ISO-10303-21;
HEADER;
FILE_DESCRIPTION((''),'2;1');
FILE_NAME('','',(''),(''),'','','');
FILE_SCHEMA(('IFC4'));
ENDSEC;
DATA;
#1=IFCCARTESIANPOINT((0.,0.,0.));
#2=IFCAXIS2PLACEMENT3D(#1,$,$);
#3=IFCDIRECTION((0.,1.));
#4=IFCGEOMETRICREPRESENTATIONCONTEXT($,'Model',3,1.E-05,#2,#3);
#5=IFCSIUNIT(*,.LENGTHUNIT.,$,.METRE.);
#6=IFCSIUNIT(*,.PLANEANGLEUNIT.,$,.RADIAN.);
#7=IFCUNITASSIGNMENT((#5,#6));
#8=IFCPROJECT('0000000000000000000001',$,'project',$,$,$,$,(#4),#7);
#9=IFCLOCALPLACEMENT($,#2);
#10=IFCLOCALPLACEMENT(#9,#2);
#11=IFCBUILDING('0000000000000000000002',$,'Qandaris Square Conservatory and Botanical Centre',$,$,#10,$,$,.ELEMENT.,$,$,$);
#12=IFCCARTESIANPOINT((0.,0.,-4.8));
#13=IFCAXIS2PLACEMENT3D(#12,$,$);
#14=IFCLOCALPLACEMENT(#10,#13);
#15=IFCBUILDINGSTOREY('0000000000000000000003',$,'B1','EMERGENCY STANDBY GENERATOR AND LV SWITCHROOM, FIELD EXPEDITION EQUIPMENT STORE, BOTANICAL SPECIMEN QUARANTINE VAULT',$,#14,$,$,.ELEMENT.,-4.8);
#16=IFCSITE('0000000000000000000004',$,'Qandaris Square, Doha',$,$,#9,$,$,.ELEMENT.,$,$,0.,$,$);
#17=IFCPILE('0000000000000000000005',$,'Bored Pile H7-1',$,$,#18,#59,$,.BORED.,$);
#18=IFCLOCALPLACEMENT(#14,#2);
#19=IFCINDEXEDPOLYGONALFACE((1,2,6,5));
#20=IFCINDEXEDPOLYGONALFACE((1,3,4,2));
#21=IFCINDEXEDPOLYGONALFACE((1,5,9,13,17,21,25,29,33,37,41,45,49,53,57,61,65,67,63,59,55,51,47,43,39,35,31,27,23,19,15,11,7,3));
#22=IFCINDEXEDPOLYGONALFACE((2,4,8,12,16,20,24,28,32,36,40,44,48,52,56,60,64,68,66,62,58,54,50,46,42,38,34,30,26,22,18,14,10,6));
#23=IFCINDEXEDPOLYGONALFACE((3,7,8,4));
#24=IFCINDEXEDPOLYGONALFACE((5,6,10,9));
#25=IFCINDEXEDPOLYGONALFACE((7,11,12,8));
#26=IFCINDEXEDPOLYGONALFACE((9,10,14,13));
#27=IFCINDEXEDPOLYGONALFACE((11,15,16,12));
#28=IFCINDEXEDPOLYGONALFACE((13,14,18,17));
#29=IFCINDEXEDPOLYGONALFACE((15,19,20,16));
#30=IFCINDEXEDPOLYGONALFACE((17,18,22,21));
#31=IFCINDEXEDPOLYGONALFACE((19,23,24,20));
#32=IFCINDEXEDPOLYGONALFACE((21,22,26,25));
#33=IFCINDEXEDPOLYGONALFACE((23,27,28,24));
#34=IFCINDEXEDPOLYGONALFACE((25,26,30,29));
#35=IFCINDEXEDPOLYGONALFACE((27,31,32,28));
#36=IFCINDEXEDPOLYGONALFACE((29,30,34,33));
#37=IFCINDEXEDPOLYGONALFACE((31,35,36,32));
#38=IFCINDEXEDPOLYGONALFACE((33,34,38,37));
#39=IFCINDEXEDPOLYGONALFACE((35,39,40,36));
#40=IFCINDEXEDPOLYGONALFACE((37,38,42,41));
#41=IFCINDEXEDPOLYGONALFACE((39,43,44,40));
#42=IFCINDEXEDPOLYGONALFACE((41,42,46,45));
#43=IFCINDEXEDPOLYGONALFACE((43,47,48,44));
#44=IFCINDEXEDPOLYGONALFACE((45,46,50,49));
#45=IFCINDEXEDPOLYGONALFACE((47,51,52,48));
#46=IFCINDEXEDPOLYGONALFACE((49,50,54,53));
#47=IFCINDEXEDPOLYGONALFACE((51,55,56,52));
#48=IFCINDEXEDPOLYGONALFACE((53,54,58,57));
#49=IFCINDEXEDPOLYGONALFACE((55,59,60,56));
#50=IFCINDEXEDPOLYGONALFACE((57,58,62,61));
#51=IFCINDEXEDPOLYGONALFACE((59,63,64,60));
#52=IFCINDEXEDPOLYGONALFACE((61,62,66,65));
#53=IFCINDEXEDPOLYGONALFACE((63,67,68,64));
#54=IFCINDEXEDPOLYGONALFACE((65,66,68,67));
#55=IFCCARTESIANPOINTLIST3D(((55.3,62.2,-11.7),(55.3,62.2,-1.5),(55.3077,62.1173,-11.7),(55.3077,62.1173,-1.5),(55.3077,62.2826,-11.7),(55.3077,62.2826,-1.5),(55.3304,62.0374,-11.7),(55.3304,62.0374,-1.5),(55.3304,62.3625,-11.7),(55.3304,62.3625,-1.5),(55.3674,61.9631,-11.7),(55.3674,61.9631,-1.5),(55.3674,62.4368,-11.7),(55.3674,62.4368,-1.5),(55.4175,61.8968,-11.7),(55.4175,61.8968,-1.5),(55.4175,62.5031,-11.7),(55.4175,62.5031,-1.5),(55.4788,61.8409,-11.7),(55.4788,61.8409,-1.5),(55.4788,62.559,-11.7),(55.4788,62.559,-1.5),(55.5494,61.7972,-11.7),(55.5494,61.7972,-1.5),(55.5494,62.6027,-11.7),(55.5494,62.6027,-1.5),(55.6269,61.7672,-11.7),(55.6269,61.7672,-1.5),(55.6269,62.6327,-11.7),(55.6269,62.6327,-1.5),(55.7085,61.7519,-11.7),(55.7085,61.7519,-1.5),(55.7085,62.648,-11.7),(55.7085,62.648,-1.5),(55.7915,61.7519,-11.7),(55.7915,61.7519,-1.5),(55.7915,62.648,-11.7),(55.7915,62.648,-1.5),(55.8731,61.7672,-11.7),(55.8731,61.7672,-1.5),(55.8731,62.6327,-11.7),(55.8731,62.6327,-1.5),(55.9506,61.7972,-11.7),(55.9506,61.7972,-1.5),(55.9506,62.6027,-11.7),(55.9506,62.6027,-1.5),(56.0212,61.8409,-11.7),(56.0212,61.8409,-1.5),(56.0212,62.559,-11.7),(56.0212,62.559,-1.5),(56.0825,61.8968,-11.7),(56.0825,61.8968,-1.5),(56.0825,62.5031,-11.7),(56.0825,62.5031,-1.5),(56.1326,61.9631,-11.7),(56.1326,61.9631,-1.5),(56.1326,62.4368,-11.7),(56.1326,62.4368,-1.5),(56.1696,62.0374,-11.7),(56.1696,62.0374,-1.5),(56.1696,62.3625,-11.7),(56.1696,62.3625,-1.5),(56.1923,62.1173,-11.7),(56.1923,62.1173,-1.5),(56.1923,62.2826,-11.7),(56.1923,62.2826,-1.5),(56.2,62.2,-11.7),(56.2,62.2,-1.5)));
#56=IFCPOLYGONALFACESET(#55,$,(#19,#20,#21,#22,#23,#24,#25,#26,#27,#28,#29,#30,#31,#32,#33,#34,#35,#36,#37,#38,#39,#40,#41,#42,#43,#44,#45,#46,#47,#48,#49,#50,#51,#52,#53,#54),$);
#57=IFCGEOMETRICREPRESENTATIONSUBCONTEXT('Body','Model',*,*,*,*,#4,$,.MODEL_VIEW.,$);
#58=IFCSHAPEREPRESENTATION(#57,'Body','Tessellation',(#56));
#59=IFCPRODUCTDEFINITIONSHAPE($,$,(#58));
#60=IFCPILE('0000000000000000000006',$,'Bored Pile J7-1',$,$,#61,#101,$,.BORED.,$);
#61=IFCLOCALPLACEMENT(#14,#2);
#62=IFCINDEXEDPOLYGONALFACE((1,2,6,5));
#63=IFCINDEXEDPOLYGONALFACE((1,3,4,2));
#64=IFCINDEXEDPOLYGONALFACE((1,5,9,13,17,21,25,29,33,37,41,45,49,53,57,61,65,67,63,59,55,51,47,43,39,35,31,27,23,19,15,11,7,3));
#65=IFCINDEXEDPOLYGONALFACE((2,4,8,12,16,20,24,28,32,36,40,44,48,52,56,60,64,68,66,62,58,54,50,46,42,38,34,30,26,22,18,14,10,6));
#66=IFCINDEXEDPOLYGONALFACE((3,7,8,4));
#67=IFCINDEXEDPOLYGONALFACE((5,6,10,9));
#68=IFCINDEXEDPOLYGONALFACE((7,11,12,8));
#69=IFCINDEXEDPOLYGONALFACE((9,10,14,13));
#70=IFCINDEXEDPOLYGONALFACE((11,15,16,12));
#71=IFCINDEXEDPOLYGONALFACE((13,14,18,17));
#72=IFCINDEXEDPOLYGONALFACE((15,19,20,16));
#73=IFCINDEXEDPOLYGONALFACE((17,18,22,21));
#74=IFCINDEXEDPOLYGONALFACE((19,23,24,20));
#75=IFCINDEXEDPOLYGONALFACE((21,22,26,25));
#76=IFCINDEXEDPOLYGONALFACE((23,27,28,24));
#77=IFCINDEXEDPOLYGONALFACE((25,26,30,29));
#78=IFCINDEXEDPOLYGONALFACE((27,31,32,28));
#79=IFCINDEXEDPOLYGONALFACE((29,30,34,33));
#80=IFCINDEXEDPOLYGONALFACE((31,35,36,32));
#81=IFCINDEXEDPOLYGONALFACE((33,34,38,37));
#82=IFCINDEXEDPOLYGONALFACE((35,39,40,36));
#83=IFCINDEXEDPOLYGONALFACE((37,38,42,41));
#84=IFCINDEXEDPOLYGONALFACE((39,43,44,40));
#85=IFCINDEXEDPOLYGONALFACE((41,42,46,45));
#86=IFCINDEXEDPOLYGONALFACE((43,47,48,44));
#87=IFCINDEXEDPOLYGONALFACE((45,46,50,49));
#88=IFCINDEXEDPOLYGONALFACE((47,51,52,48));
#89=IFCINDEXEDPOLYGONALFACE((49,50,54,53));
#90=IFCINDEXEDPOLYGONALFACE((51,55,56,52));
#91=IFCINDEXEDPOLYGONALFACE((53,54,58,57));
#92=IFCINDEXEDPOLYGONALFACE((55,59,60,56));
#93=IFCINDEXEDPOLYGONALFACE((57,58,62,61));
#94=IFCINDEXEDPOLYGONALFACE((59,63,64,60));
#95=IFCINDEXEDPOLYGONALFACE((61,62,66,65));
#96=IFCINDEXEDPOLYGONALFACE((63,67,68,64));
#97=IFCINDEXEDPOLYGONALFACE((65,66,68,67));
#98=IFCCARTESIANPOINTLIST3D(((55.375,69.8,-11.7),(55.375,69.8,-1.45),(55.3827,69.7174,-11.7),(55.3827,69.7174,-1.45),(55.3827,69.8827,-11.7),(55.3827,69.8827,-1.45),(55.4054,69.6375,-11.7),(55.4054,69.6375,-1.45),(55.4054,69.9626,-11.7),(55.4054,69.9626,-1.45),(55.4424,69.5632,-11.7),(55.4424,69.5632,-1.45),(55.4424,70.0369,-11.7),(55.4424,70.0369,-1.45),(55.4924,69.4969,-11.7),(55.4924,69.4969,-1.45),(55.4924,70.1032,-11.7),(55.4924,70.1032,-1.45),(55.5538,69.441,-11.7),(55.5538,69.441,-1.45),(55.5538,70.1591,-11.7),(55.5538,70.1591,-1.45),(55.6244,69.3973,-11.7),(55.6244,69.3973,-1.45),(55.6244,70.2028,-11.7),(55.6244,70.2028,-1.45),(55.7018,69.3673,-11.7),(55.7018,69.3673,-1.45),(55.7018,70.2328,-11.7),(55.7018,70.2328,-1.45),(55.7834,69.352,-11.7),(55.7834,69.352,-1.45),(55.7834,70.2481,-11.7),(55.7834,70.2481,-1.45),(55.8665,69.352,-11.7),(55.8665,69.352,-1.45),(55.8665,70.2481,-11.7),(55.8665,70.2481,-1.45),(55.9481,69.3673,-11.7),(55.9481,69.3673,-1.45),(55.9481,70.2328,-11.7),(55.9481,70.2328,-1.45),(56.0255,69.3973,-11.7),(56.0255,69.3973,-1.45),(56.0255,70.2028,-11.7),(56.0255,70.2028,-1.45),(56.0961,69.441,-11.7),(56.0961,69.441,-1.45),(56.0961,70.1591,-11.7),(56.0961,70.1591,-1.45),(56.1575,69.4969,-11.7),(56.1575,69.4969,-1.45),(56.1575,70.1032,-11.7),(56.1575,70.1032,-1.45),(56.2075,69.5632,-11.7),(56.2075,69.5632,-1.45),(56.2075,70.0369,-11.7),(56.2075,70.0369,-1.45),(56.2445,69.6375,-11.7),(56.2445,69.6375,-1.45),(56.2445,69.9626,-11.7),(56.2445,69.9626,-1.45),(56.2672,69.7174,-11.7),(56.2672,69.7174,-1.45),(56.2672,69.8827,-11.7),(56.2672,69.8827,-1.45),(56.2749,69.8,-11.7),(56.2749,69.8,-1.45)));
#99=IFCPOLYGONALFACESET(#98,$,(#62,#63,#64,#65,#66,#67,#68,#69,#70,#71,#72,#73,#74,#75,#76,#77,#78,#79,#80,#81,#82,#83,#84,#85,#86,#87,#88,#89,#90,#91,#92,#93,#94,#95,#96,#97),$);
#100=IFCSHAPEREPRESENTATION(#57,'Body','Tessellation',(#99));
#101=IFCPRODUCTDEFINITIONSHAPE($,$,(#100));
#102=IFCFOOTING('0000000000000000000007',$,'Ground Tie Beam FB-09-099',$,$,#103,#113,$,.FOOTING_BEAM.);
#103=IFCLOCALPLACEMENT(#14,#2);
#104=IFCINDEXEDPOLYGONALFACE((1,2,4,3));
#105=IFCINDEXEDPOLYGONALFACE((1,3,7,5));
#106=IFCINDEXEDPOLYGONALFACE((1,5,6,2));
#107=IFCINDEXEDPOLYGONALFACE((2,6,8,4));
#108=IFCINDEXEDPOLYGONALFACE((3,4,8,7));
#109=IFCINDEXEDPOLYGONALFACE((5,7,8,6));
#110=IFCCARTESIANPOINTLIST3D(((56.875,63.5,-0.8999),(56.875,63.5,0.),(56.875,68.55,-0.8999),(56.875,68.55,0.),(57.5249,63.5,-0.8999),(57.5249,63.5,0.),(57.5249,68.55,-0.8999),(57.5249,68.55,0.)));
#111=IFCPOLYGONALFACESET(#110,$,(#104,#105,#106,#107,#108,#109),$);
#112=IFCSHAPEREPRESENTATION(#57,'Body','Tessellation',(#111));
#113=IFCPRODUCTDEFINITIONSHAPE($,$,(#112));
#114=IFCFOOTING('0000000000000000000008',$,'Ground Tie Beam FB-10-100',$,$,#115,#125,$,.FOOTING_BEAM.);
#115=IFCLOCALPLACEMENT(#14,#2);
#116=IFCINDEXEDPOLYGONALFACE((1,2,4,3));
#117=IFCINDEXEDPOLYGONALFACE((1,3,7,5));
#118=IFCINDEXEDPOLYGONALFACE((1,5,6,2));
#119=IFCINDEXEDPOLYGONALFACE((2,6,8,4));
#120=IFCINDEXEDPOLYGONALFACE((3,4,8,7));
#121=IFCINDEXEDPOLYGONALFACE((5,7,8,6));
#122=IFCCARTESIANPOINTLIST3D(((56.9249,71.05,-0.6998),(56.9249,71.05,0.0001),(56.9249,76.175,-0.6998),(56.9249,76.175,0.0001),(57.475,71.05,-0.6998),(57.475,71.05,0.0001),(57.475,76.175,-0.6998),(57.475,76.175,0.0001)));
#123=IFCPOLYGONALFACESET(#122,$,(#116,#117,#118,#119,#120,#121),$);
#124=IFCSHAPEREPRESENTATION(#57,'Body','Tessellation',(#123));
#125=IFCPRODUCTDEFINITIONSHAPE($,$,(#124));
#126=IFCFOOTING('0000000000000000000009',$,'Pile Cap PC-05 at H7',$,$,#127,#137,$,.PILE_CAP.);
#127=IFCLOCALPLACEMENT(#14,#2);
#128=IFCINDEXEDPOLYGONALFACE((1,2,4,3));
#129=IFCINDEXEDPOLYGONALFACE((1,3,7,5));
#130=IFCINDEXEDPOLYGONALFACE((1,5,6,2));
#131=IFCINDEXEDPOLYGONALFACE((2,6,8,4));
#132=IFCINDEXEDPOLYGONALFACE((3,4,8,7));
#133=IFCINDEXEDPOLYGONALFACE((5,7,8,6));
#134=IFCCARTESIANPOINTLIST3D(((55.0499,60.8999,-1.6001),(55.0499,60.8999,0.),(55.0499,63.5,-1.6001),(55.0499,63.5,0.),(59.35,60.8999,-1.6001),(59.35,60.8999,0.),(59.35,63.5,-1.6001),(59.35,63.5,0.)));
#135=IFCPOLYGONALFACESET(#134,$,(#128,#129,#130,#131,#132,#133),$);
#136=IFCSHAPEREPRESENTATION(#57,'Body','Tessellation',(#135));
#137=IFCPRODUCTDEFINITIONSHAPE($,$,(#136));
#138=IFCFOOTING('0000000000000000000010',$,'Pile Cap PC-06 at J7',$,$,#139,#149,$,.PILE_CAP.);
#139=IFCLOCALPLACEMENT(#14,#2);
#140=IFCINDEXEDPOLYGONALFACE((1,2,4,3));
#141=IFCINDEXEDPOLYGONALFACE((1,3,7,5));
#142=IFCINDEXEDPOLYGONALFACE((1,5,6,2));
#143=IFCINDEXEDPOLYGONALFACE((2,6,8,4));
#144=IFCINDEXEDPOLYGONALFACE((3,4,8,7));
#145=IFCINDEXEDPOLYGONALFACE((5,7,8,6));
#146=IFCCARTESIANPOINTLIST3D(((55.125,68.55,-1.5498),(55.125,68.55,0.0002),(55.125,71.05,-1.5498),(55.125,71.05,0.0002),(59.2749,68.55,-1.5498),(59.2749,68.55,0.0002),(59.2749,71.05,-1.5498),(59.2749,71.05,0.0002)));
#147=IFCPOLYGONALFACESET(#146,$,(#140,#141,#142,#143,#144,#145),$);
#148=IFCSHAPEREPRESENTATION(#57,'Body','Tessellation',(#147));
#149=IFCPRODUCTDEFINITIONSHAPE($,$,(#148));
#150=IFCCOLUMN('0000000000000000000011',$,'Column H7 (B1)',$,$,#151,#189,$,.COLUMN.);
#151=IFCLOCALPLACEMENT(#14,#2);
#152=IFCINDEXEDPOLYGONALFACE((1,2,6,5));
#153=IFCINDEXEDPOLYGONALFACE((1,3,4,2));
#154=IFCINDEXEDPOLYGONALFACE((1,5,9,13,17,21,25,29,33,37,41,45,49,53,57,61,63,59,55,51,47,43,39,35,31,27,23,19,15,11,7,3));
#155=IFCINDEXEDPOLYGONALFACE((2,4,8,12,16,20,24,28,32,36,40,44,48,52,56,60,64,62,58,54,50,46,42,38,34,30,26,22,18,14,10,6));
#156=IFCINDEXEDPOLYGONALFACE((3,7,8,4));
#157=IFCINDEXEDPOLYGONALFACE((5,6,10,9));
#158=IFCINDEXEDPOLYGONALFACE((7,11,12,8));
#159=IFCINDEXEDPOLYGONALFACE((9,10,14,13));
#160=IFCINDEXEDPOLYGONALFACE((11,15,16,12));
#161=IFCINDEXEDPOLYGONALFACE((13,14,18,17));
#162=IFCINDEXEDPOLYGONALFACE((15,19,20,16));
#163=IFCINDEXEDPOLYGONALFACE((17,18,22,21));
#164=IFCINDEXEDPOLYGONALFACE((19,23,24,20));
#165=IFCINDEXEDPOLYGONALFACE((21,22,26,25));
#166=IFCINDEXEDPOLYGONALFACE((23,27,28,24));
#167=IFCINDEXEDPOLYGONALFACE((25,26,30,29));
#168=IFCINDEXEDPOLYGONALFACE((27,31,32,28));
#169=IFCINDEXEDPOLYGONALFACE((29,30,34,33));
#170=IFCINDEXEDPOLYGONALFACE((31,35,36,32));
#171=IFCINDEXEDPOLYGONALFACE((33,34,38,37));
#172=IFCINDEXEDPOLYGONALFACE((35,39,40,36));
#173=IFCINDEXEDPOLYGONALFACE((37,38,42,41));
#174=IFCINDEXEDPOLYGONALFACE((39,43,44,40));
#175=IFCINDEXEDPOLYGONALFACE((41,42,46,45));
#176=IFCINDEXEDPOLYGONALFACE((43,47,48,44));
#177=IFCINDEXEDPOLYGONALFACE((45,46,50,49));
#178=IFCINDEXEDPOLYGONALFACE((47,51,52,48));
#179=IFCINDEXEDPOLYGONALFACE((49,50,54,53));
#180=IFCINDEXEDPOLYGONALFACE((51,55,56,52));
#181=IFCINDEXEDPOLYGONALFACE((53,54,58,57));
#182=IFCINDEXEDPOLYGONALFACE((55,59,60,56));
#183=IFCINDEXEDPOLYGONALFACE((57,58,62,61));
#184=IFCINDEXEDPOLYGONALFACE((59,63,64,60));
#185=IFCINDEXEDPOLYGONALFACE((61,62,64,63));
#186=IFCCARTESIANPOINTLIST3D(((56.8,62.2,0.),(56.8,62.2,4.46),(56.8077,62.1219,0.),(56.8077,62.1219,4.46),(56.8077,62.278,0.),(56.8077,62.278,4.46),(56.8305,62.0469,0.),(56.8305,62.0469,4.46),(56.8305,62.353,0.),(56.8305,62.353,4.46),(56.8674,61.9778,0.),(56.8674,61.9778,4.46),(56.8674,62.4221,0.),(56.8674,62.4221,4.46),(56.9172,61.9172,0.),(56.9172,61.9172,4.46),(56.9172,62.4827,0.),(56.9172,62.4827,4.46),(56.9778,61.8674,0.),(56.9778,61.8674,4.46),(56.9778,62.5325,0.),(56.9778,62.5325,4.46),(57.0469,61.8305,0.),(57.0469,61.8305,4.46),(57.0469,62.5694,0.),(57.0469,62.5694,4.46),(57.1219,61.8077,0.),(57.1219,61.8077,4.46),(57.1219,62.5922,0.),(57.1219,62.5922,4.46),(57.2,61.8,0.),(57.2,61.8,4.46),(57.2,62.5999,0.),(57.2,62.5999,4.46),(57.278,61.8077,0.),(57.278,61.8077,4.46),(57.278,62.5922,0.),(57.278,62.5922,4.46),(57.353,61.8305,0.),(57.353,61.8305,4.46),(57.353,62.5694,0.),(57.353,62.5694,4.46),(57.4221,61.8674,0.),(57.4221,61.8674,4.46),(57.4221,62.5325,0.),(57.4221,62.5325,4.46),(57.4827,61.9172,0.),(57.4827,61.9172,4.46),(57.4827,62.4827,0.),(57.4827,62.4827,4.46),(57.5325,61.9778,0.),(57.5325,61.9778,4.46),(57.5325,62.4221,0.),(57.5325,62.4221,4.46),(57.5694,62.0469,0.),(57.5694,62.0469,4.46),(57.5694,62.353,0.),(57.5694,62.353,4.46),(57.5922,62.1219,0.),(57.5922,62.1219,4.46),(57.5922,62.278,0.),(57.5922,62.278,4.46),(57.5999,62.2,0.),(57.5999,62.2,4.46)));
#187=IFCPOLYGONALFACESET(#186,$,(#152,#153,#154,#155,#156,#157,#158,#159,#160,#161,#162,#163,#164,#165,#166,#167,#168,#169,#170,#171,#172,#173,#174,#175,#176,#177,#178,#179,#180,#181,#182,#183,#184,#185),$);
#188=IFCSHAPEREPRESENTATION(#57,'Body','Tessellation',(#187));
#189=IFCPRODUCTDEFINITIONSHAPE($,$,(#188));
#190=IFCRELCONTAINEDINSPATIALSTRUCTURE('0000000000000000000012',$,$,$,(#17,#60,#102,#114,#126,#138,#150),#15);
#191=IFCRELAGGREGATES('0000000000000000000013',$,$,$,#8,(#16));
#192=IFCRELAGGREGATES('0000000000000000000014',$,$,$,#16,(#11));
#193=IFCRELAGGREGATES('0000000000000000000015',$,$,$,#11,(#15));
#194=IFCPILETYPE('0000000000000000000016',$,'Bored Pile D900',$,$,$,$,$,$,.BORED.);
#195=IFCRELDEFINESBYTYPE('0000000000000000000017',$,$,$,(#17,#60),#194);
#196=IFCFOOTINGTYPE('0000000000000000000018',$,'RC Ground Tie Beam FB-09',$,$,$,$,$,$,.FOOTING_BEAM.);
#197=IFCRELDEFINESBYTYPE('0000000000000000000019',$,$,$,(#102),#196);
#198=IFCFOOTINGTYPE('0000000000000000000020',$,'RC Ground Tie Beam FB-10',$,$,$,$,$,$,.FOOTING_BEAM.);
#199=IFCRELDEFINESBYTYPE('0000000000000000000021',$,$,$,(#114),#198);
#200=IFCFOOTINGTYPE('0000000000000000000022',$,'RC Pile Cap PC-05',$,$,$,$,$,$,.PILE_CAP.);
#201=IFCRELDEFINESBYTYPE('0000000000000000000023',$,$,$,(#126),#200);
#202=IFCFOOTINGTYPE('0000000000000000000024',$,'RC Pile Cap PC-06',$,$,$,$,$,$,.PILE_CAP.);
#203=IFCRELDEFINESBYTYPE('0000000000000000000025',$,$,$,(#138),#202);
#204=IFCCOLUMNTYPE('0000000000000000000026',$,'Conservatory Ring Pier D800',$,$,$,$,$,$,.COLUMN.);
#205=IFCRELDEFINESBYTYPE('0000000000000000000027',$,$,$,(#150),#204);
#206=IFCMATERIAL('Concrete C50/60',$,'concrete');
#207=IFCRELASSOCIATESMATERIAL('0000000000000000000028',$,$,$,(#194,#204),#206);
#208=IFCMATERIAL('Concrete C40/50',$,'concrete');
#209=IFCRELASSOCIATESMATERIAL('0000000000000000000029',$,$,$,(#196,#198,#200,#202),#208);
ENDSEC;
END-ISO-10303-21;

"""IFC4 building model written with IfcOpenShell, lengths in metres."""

from ifc_helpers import new_model, si_unit, direction, frame, origin, origin_2d, place, context, subcontext, project, spatial, rectangle, circle, extrude, material, material_profile, profile_set, type_object, element, save


model = new_model("IFC4")

# Units and contexts
model_context = context("Model", 3, precision=1e-05, world=origin(), true_north=direction((0.0, 1.0)))
body_context = subcontext(model_context, "Body", "Model", "MODEL_VIEW")
ifc_project = project(units=[si_unit("LENGTHUNIT", "METRE"), si_unit("PLANEANGLEUNIT", "RADIAN")], contexts=[model_context])

# Site, building, storey
site_placement = place(None, origin())
site = spatial("IfcSite", under=ifc_project, at=site_placement, Name="Qandaris Square, Doha", CompositionType="ELEMENT", RefElevation=0.0)
building_placement = place(site_placement, origin())
building = spatial("IfcBuilding", under=site, at=building_placement, Name="Qandaris Square Conservatory and Botanical Centre", CompositionType="ELEMENT")
storey_placement = place(building_placement, frame((0.0, 0.0, -4.8)))
storey = spatial("IfcBuildingStorey", under=building, at=storey_placement, Name="B1", Description="EMERGENCY STANDBY GENERATOR AND LV SWITCHROOM, FIELD EXPEDITION EQUIPMENT STORE, BOTANICAL SPECIMEN QUARANTINE VAULT", CompositionType="ELEMENT", Elevation=-4.8)

# Piles
ifc_material_1 = material(Name="Concrete C50/60", Category="concrete")
ifc_material_profile_1 = material_profile(ifc_material_1, circle(Radius=0.45, at=origin_2d()), Name="PILE D900")
ifc_profile_set_1 = profile_set([ifc_material_profile_1], Name="Concrete C50/60")
pile_type = type_object("IfcPileType", Name="Bored Pile D900", PredefinedType="BORED", material=ifc_profile_set_1)
pile_1_placement = place(storey_placement, frame((55.75, 62.2, -1.5), z_axis=(0.0, 0.0, -1.0), x_axis=(1.0, 0.0, 0.0)))
element("IfcPile", 1, at=pile_1_placement, inside=storey, type_object=pile_type, Name="Bored Pile H7-1", PredefinedType="BORED", context=body_context, shape_type="SweptSolid", body=[
    extrude(circle(Radius=0.45, at=origin_2d()), origin(), (0.0, 0.0, 1.0), 10.2),
])
pile_2_placement = place(storey_placement, frame((55.825, 69.8, -1.45), z_axis=(0.0, 0.0, -1.0), x_axis=(1.0, 0.0, 0.0)))
element("IfcPile", 2, at=pile_2_placement, inside=storey, type_object=pile_type, Name="Bored Pile J7-1", PredefinedType="BORED", context=body_context, shape_type="SweptSolid", body=[
    extrude(circle(Radius=0.45, at=origin_2d()), origin(), (0.0, 0.0, 1.0), 10.25),
])

# Footings
ifc_material_2 = material(Name="Concrete C40/50", Category="concrete")
ifc_material_profile_2 = material_profile(ifc_material_2, rectangle(XDim=0.6499, YDim=0.8999, at=origin_2d()), Name="FB 650x900")
ifc_profile_set_2 = profile_set([ifc_material_profile_2], Name="Concrete C40/50")
footing_type_1 = type_object("IfcFootingType", Name="RC Ground Tie Beam FB-09", PredefinedType="FOOTING_BEAM", material=ifc_profile_set_2)
footing_1_placement = place(storey_placement, frame((57.2, 63.5, -0.45), z_axis=(0.0, 1.0, 0.0), x_axis=(-1.0, 0.0, 0.0)))
element("IfcFooting", 3, at=footing_1_placement, inside=storey, type_object=footing_type_1, Name="Ground Tie Beam FB-09-099", PredefinedType="FOOTING_BEAM", context=body_context, shape_type="SweptSolid", body=[
    extrude(rectangle(XDim=0.6499, YDim=0.8999, at=origin_2d()), origin(), (0.0, 0.0, 1.0), 5.05),
])
ifc_material_profile_3 = material_profile(ifc_material_2, rectangle(XDim=0.55, YDim=0.7, at=origin_2d()), Name="FB 550x700")
ifc_profile_set_3 = profile_set([ifc_material_profile_3], Name="Concrete C40/50")
footing_type_2 = type_object("IfcFootingType", Name="RC Ground Tie Beam FB-10", PredefinedType="FOOTING_BEAM", material=ifc_profile_set_3)
footing_2_placement = place(storey_placement, frame((57.2, 71.05, -0.3499), z_axis=(0.0, 1.0, 0.0), x_axis=(-1.0, 0.0, 0.0)))
element("IfcFooting", 4, at=footing_2_placement, inside=storey, type_object=footing_type_2, Name="Ground Tie Beam FB-10-100", PredefinedType="FOOTING_BEAM", context=body_context, shape_type="SweptSolid", body=[
    extrude(rectangle(XDim=0.55, YDim=0.7, at=origin_2d()), origin(), (0.0, 0.0, 1.0), 5.125),
])
footing_type_3 = type_object("IfcFootingType", Name="RC Pile Cap PC-05", PredefinedType="PILE_CAP", material=ifc_material_2)
footing_3_placement = place(storey_placement, frame((57.2, 62.2, -1.6001), z_axis=(0.0, 0.0, 1.0), x_axis=(1.0, 0.0, 0.0)))
element("IfcFooting", 5, at=footing_3_placement, inside=storey, type_object=footing_type_3, Name="Pile Cap PC-05 at H7", PredefinedType="PILE_CAP", context=body_context, shape_type="SweptSolid", body=[
    extrude(rectangle(XDim=4.3, YDim=2.6001, at=origin_2d()), origin(), (0.0, 0.0, 1.0), 1.6001),
])
footing_type_4 = type_object("IfcFootingType", Name="RC Pile Cap PC-06", PredefinedType="PILE_CAP", material=ifc_material_2)
footing_4_placement = place(storey_placement, frame((57.2, 69.8, -1.5498), z_axis=(0.0, 0.0, 1.0), x_axis=(1.0, 0.0, 0.0)))
element("IfcFooting", 6, at=footing_4_placement, inside=storey, type_object=footing_type_4, Name="Pile Cap PC-06 at J7", PredefinedType="PILE_CAP", context=body_context, shape_type="SweptSolid", body=[
    extrude(rectangle(XDim=4.1499, YDim=2.5, at=origin_2d()), origin(), (0.0, 0.0, 1.0), 1.55),
])

# Column
ifc_material_profile_4 = material_profile(ifc_material_1, circle(Radius=0.3999, at=origin_2d()), Name="RC-COL D800")
ifc_profile_set_4 = profile_set([ifc_material_profile_4], Name="Concrete C50/60")
column_type = type_object("IfcColumnType", Name="Conservatory Ring Pier D800", PredefinedType="COLUMN", material=ifc_profile_set_4)
for number, where, z_axis, x_axis, name in (
    (7, (57.2, 62.2, 0.0), (0.0, 0.0, 1.0), (1.0, 0.0, 0.0), "Column H7 (B1)"),
):
    element("IfcColumn", number, at=place(storey_placement, frame(where, z_axis=z_axis, x_axis=x_axis)), inside=storey, type_object=column_type, Name=name, PredefinedType="COLUMN", context=body_context, shape_type="SweptSolid", body=[
        extrude(circle(Radius=0.3999, at=origin_2d()), origin(), (0.0, 0.0, 1.0), 4.46),
    ])

save(model, "model.ifc")
